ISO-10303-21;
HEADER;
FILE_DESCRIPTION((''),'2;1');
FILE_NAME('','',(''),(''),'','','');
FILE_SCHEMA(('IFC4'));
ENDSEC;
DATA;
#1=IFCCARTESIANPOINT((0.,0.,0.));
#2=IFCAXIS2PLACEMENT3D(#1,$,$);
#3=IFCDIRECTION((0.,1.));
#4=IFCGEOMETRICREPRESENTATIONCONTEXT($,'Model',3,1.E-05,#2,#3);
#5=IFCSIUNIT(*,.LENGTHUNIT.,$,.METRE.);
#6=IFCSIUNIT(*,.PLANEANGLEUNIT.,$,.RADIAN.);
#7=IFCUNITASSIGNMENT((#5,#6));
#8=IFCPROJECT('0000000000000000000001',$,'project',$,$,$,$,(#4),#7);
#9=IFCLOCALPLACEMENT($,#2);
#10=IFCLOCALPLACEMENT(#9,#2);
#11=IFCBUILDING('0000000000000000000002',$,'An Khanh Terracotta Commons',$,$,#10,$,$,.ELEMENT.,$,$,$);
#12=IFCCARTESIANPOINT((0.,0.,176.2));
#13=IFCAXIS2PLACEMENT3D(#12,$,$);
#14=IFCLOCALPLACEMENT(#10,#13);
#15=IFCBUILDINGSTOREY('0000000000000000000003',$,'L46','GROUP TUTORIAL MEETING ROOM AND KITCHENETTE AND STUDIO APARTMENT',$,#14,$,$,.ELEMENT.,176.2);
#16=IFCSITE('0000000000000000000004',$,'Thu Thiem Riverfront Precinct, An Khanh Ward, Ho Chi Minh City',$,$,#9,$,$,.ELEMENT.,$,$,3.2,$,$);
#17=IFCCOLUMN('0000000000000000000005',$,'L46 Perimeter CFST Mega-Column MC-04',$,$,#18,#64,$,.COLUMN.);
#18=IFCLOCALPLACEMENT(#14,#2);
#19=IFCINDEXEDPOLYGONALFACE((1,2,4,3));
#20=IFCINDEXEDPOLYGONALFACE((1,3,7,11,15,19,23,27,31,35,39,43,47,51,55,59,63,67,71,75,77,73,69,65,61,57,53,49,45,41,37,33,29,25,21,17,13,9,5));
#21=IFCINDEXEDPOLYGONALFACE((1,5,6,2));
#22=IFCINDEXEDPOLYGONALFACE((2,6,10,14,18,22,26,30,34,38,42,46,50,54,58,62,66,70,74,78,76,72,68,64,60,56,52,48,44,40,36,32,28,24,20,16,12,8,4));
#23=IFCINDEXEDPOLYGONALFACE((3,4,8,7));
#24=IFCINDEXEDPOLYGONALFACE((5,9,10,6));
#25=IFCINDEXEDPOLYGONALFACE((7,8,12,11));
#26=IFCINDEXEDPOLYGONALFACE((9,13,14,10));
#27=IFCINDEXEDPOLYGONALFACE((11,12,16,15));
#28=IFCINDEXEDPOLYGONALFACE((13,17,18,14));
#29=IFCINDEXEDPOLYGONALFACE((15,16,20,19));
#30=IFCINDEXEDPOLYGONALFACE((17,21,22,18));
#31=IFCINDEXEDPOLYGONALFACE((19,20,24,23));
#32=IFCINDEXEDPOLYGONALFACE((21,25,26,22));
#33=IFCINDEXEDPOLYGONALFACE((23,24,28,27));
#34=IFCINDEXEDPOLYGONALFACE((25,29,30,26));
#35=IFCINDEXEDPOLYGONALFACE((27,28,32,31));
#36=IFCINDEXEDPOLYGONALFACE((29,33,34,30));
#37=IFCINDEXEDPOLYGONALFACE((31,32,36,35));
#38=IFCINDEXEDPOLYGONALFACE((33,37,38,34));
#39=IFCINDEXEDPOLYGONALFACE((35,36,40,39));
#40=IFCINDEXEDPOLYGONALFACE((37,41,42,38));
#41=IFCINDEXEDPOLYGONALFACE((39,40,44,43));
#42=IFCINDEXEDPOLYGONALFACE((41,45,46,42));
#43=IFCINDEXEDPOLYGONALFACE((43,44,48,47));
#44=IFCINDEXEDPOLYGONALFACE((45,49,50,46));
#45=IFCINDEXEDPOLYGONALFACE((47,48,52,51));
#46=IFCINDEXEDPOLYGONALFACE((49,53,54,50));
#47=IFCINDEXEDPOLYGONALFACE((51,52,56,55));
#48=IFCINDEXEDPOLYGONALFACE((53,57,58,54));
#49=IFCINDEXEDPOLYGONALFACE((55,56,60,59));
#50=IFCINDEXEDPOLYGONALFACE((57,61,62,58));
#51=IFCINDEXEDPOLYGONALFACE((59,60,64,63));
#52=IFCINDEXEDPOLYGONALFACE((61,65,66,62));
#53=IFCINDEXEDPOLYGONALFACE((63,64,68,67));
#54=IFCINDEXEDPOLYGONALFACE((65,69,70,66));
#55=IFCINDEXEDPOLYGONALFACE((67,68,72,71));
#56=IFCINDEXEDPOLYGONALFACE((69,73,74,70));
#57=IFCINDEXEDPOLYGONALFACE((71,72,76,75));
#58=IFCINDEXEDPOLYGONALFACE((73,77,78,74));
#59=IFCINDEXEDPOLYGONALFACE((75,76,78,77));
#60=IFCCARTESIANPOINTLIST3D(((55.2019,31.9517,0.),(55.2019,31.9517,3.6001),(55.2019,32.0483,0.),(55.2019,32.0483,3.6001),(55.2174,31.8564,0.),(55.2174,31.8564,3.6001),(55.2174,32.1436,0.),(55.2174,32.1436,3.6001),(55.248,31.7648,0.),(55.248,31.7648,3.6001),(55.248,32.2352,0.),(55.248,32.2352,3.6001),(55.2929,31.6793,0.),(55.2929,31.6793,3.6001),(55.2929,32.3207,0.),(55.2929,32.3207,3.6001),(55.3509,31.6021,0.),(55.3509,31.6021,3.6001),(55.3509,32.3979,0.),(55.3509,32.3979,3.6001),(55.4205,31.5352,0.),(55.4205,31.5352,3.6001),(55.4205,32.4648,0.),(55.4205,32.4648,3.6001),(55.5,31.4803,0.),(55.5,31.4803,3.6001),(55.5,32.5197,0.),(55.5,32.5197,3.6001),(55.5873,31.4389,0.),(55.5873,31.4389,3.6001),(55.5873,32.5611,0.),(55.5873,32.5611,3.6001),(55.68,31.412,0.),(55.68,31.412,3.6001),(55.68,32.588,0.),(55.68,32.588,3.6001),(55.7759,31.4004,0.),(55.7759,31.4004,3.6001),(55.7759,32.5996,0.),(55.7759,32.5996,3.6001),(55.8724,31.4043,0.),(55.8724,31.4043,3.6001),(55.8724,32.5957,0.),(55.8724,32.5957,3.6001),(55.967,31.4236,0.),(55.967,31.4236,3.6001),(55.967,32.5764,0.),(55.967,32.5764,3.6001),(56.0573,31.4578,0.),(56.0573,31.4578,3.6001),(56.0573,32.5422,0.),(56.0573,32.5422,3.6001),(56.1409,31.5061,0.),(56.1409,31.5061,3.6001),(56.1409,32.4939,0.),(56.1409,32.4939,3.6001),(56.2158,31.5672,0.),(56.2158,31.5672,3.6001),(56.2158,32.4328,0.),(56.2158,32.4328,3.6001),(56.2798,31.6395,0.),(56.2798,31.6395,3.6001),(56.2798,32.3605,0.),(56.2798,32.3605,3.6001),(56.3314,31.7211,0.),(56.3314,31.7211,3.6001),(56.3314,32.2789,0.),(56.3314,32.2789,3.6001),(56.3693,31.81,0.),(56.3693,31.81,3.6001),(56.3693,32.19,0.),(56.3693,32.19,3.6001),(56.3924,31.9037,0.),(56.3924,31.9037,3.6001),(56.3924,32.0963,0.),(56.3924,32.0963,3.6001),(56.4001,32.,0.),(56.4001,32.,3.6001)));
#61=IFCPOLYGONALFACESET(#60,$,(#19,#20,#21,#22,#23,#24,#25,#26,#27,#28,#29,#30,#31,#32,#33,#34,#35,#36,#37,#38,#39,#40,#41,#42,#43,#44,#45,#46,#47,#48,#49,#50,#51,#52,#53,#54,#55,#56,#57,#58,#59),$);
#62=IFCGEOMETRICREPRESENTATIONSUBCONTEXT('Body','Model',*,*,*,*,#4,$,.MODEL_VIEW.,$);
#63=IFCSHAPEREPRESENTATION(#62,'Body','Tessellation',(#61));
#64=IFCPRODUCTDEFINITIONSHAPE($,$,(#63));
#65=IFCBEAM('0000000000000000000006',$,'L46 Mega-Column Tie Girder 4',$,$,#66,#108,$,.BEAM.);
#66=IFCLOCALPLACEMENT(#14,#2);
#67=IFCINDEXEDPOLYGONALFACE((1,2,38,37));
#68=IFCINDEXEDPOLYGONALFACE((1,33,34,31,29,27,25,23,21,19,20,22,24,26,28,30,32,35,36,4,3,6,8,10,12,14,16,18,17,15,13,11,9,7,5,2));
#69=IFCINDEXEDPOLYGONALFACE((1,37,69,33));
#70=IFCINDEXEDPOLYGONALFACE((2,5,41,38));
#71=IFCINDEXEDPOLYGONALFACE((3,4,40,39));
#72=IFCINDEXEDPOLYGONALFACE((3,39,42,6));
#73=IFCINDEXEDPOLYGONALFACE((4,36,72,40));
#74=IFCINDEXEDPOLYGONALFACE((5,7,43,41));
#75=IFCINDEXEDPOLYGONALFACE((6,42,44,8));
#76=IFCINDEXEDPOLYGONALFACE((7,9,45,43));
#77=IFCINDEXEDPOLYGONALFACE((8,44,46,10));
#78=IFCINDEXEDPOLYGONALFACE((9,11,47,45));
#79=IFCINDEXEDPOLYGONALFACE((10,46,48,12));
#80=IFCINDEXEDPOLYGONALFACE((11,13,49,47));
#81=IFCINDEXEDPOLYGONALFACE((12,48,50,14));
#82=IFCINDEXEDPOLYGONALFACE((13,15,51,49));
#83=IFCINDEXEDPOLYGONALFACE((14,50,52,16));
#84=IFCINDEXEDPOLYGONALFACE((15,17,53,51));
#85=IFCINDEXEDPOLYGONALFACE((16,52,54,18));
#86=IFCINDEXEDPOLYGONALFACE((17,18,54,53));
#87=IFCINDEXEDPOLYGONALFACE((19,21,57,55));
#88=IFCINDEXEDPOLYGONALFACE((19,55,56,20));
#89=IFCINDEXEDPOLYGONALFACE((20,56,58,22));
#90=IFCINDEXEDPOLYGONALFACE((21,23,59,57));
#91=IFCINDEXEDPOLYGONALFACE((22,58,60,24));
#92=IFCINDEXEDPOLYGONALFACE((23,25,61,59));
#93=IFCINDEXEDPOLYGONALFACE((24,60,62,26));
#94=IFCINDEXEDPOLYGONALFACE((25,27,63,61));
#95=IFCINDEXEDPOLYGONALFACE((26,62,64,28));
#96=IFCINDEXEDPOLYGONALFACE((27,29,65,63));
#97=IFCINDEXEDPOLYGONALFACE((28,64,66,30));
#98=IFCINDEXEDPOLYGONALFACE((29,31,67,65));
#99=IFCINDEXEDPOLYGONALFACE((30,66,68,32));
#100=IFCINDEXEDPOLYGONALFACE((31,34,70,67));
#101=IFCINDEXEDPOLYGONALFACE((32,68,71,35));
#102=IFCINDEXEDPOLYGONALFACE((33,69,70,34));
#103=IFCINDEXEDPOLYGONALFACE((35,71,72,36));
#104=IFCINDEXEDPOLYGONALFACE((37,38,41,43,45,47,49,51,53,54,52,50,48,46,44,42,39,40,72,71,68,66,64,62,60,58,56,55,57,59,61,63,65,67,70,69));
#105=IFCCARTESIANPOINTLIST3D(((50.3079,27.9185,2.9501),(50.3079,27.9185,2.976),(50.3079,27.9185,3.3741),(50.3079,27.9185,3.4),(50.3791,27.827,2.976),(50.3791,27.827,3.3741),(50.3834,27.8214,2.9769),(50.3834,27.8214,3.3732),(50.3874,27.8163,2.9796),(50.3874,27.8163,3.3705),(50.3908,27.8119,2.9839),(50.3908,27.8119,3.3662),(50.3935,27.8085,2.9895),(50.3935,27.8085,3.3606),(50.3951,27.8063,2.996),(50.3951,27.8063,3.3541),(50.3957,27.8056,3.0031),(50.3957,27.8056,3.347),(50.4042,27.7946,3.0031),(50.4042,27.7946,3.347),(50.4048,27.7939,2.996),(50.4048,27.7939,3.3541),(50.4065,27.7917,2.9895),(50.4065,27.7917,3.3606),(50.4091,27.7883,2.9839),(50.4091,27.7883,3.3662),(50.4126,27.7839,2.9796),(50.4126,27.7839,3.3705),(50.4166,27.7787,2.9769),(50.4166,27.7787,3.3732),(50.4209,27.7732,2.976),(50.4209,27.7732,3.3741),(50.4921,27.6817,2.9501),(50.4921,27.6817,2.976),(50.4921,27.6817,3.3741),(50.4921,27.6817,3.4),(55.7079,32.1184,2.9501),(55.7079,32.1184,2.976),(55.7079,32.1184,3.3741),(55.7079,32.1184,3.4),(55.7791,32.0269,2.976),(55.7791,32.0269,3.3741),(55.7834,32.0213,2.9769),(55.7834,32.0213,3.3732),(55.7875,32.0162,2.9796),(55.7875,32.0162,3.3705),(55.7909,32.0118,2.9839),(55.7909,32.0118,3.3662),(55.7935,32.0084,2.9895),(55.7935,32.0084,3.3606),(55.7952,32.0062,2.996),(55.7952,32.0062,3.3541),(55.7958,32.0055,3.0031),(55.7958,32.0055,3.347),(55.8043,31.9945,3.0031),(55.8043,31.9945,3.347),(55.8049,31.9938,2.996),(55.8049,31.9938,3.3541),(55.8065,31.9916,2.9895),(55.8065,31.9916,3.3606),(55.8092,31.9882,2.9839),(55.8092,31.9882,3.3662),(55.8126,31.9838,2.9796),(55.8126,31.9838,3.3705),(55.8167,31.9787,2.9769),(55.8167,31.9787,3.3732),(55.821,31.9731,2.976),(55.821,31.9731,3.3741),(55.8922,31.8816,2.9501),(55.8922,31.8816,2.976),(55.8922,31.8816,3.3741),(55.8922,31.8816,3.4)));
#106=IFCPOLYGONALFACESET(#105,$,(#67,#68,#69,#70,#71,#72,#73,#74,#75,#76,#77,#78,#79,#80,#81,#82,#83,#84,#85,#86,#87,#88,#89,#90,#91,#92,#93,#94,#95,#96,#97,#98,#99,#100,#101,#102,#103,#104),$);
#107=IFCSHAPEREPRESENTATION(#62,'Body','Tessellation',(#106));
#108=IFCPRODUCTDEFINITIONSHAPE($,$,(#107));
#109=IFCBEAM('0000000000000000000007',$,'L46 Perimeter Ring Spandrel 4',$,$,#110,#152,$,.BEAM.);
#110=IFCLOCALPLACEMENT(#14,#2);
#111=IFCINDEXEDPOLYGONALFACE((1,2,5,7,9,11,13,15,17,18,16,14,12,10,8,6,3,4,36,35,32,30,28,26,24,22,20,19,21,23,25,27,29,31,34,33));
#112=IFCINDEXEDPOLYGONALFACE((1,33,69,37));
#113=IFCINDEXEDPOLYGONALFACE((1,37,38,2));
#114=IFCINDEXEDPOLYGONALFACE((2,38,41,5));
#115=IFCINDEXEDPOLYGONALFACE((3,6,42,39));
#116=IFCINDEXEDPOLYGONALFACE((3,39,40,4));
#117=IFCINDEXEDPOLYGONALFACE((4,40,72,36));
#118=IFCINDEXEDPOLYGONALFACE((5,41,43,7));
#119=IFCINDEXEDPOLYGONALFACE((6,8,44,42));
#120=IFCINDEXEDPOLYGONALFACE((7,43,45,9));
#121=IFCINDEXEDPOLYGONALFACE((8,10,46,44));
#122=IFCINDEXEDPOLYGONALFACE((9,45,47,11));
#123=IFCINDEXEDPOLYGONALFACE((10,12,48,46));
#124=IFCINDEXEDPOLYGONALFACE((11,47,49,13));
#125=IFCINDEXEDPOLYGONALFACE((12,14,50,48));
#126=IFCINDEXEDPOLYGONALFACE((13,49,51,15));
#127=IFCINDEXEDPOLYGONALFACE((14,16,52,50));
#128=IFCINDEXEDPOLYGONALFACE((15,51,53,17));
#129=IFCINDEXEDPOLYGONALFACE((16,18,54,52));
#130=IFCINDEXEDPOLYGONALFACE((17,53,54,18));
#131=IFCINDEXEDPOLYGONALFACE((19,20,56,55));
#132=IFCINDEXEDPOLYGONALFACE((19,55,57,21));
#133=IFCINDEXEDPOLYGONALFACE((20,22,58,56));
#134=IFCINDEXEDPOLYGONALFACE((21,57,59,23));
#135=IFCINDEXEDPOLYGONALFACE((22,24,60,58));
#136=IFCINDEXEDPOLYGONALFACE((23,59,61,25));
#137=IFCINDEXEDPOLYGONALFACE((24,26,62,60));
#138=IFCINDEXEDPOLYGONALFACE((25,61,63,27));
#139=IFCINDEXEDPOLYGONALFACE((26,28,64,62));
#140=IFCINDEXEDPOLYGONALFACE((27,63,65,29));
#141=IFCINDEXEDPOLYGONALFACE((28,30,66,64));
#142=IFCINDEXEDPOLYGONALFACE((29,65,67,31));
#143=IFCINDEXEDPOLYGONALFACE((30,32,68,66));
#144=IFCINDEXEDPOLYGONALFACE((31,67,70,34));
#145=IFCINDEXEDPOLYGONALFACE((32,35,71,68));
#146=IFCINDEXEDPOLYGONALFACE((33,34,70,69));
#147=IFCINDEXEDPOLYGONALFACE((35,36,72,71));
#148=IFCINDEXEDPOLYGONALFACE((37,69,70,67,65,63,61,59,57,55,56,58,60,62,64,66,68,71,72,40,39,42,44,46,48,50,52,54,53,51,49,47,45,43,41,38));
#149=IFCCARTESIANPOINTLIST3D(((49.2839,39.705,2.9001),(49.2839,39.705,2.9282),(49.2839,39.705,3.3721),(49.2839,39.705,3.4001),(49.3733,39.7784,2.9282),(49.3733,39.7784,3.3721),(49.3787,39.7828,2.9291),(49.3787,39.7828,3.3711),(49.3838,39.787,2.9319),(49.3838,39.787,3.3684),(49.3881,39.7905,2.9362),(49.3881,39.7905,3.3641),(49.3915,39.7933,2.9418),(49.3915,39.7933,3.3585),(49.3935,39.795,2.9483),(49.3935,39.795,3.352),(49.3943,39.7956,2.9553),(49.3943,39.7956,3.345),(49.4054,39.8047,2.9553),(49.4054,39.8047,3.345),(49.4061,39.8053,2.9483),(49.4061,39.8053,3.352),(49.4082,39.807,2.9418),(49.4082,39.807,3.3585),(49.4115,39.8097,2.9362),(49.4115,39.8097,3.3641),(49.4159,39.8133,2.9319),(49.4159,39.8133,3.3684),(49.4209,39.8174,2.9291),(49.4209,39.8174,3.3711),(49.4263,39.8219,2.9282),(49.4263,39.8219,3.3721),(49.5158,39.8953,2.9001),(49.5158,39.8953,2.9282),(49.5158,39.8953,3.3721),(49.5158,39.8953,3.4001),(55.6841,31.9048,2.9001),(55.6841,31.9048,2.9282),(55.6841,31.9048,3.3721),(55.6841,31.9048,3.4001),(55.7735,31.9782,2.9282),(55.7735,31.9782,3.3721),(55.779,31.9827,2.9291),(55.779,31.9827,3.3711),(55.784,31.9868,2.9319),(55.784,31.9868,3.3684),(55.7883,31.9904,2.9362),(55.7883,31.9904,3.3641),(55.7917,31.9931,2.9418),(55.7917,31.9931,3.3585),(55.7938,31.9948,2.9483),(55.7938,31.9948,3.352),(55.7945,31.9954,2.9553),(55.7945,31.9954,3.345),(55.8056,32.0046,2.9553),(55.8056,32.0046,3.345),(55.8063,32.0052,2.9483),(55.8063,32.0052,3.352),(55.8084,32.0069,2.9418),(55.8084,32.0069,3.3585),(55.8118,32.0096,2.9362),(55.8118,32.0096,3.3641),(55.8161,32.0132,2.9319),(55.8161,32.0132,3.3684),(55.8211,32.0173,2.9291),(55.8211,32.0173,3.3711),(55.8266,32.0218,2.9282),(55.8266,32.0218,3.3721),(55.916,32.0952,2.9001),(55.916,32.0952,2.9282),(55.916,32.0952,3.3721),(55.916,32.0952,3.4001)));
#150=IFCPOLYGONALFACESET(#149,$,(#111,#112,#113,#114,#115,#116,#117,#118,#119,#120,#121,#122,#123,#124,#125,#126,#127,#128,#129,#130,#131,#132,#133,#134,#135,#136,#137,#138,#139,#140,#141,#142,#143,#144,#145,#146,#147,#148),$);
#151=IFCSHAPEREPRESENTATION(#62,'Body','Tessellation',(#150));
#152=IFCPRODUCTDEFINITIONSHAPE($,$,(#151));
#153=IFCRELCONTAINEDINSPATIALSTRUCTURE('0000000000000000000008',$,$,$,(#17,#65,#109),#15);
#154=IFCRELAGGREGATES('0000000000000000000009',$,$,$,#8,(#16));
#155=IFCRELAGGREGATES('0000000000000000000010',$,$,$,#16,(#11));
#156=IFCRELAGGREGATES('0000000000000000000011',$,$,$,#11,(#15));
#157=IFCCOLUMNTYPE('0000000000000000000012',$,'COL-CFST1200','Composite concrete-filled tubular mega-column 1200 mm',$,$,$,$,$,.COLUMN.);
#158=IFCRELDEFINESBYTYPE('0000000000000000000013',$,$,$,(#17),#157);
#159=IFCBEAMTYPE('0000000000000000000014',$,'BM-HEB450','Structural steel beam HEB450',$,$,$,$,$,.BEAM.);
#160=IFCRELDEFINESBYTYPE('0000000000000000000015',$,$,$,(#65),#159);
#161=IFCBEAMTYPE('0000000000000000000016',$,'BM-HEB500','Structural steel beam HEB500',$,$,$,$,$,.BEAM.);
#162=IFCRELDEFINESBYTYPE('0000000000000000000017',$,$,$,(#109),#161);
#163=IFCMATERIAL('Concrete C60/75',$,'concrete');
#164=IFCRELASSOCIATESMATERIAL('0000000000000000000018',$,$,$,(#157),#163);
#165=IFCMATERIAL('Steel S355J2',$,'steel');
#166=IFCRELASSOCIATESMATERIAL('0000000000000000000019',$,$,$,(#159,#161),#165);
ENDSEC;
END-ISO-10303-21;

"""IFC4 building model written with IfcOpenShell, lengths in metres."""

from ifc_helpers import new_model, si_unit, direction, frame, origin, origin_2d, place, context, subcontext, project, spatial, circle, i_section, extrude, material, material_profile, profile_set, type_object, element, save


model = new_model("IFC4")

# Units and contexts
model_context = context("Model", 3, precision=1e-05, world=origin(), true_north=direction((0.0, 1.0)))
body_context = subcontext(model_context, "Body", "Model", "MODEL_VIEW")
ifc_project = project(units=[si_unit("LENGTHUNIT", "METRE"), si_unit("PLANEANGLEUNIT", "RADIAN")], contexts=[model_context])

# Site, building, storey
site_placement = place(None, origin())
site = spatial("IfcSite", under=ifc_project, at=site_placement, Name="Thu Thiem Riverfront Precinct, An Khanh Ward, Ho Chi Minh City", CompositionType="ELEMENT", RefElevation=3.2)
building_placement = place(site_placement, origin())
building = spatial("IfcBuilding", under=site, at=building_placement, Name="An Khanh Terracotta Commons", CompositionType="ELEMENT")
storey_placement = place(building_placement, frame((0.0, 0.0, 176.2)))
storey = spatial("IfcBuildingStorey", under=building, at=storey_placement, Name="L46", Description="GROUP TUTORIAL MEETING ROOM AND KITCHENETTE AND STUDIO APARTMENT", CompositionType="ELEMENT", Elevation=176.2)

# Column
ifc_material_1 = material(Name="Concrete C60/75", Category="concrete")
ifc_material_profile_1 = material_profile(ifc_material_1, circle(Radius=0.6001, at=origin_2d()), Name="CFST1200")
ifc_profile_set_1 = profile_set([ifc_material_profile_1], Name="Concrete C60/75")
column_type = type_object("IfcColumnType", Name="COL-CFST1200", Description="Composite concrete-filled tubular mega-column 1200 mm", PredefinedType="COLUMN", material=ifc_profile_set_1)
column_placement = place(storey_placement, frame((55.8, 32.0, 0.0), z_axis=(0.0, 0.0, 1.0), x_axis=(1.0, 0.0, 0.0)))
element("IfcColumn", 1, at=column_placement, inside=storey, type_object=column_type, Name="L46 Perimeter CFST Mega-Column MC-04", PredefinedType="COLUMN", context=body_context, shape_type="SweptSolid", body=[
    extrude(circle(Radius=0.6001, at=origin_2d()), origin(), (0.0, 0.0, 1.0), 3.6001),
])

# Beams
ifc_material_2 = material(Name="Steel S355J2", Category="steel")
ifc_material_profile_2 = material_profile(ifc_material_2, i_section(OverallWidth=0.3, OverallDepth=0.45, WebThickness=0.0139, FlangeThickness=0.0259, FilletRadius=0.0271, at=origin_2d()), Name="HEB450")
ifc_profile_set_2 = profile_set([ifc_material_profile_2], Name="Steel S355J2")
beam_type_1 = type_object("IfcBeamType", Name="BM-HEB450", Description="Structural steel beam HEB450", PredefinedType="BEAM", material=ifc_profile_set_2)
beam_1_placement = place(storey_placement, frame((55.8, 32.0, 3.175), z_axis=(-0.789364, -0.613926, 0.0), x_axis=(0.613926, -0.789364, 0.0)))
element("IfcBeam", 2, at=beam_1_placement, inside=storey, type_object=beam_type_1, Name="L46 Mega-Column Tie Girder 4", PredefinedType="BEAM", context=body_context, shape_type="SweptSolid", body=[
    extrude(i_section(OverallWidth=0.3, OverallDepth=0.45, WebThickness=0.0139, FlangeThickness=0.0259, FilletRadius=0.0271, at=origin_2d()), origin(), (0.0, 0.0, 1.0), 6.8411),
])
ifc_material_profile_3 = material_profile(ifc_material_2, i_section(OverallWidth=0.3, OverallDepth=0.5, WebThickness=0.0144, FlangeThickness=0.0281, FilletRadius=0.0271, at=origin_2d()), Name="HEB500")
ifc_profile_set_3 = profile_set([ifc_material_profile_3], Name="Steel S355J2")
beam_type_2 = type_object("IfcBeamType", Name="BM-HEB500", Description="Structural steel beam HEB500", PredefinedType="BEAM", material=ifc_profile_set_3)
beam_2_placement = place(storey_placement, frame((55.8, 32.0, 3.1501), z_axis=(-0.634323, 0.773068, 0.0), x_axis=(-0.773068, -0.634323, 0.0)))
element("IfcBeam", 3, at=beam_2_placement, inside=storey, type_object=beam_type_2, Name="L46 Perimeter Ring Spandrel 4", PredefinedType="BEAM", context=body_context, shape_type="SweptSolid", body=[
    extrude(i_section(OverallWidth=0.3, OverallDepth=0.5, WebThickness=0.0144, FlangeThickness=0.0281, FilletRadius=0.0271, at=origin_2d()), origin(), (0.0, 0.0, 1.0), 10.0898),
])

save(model, "model.ifc")
